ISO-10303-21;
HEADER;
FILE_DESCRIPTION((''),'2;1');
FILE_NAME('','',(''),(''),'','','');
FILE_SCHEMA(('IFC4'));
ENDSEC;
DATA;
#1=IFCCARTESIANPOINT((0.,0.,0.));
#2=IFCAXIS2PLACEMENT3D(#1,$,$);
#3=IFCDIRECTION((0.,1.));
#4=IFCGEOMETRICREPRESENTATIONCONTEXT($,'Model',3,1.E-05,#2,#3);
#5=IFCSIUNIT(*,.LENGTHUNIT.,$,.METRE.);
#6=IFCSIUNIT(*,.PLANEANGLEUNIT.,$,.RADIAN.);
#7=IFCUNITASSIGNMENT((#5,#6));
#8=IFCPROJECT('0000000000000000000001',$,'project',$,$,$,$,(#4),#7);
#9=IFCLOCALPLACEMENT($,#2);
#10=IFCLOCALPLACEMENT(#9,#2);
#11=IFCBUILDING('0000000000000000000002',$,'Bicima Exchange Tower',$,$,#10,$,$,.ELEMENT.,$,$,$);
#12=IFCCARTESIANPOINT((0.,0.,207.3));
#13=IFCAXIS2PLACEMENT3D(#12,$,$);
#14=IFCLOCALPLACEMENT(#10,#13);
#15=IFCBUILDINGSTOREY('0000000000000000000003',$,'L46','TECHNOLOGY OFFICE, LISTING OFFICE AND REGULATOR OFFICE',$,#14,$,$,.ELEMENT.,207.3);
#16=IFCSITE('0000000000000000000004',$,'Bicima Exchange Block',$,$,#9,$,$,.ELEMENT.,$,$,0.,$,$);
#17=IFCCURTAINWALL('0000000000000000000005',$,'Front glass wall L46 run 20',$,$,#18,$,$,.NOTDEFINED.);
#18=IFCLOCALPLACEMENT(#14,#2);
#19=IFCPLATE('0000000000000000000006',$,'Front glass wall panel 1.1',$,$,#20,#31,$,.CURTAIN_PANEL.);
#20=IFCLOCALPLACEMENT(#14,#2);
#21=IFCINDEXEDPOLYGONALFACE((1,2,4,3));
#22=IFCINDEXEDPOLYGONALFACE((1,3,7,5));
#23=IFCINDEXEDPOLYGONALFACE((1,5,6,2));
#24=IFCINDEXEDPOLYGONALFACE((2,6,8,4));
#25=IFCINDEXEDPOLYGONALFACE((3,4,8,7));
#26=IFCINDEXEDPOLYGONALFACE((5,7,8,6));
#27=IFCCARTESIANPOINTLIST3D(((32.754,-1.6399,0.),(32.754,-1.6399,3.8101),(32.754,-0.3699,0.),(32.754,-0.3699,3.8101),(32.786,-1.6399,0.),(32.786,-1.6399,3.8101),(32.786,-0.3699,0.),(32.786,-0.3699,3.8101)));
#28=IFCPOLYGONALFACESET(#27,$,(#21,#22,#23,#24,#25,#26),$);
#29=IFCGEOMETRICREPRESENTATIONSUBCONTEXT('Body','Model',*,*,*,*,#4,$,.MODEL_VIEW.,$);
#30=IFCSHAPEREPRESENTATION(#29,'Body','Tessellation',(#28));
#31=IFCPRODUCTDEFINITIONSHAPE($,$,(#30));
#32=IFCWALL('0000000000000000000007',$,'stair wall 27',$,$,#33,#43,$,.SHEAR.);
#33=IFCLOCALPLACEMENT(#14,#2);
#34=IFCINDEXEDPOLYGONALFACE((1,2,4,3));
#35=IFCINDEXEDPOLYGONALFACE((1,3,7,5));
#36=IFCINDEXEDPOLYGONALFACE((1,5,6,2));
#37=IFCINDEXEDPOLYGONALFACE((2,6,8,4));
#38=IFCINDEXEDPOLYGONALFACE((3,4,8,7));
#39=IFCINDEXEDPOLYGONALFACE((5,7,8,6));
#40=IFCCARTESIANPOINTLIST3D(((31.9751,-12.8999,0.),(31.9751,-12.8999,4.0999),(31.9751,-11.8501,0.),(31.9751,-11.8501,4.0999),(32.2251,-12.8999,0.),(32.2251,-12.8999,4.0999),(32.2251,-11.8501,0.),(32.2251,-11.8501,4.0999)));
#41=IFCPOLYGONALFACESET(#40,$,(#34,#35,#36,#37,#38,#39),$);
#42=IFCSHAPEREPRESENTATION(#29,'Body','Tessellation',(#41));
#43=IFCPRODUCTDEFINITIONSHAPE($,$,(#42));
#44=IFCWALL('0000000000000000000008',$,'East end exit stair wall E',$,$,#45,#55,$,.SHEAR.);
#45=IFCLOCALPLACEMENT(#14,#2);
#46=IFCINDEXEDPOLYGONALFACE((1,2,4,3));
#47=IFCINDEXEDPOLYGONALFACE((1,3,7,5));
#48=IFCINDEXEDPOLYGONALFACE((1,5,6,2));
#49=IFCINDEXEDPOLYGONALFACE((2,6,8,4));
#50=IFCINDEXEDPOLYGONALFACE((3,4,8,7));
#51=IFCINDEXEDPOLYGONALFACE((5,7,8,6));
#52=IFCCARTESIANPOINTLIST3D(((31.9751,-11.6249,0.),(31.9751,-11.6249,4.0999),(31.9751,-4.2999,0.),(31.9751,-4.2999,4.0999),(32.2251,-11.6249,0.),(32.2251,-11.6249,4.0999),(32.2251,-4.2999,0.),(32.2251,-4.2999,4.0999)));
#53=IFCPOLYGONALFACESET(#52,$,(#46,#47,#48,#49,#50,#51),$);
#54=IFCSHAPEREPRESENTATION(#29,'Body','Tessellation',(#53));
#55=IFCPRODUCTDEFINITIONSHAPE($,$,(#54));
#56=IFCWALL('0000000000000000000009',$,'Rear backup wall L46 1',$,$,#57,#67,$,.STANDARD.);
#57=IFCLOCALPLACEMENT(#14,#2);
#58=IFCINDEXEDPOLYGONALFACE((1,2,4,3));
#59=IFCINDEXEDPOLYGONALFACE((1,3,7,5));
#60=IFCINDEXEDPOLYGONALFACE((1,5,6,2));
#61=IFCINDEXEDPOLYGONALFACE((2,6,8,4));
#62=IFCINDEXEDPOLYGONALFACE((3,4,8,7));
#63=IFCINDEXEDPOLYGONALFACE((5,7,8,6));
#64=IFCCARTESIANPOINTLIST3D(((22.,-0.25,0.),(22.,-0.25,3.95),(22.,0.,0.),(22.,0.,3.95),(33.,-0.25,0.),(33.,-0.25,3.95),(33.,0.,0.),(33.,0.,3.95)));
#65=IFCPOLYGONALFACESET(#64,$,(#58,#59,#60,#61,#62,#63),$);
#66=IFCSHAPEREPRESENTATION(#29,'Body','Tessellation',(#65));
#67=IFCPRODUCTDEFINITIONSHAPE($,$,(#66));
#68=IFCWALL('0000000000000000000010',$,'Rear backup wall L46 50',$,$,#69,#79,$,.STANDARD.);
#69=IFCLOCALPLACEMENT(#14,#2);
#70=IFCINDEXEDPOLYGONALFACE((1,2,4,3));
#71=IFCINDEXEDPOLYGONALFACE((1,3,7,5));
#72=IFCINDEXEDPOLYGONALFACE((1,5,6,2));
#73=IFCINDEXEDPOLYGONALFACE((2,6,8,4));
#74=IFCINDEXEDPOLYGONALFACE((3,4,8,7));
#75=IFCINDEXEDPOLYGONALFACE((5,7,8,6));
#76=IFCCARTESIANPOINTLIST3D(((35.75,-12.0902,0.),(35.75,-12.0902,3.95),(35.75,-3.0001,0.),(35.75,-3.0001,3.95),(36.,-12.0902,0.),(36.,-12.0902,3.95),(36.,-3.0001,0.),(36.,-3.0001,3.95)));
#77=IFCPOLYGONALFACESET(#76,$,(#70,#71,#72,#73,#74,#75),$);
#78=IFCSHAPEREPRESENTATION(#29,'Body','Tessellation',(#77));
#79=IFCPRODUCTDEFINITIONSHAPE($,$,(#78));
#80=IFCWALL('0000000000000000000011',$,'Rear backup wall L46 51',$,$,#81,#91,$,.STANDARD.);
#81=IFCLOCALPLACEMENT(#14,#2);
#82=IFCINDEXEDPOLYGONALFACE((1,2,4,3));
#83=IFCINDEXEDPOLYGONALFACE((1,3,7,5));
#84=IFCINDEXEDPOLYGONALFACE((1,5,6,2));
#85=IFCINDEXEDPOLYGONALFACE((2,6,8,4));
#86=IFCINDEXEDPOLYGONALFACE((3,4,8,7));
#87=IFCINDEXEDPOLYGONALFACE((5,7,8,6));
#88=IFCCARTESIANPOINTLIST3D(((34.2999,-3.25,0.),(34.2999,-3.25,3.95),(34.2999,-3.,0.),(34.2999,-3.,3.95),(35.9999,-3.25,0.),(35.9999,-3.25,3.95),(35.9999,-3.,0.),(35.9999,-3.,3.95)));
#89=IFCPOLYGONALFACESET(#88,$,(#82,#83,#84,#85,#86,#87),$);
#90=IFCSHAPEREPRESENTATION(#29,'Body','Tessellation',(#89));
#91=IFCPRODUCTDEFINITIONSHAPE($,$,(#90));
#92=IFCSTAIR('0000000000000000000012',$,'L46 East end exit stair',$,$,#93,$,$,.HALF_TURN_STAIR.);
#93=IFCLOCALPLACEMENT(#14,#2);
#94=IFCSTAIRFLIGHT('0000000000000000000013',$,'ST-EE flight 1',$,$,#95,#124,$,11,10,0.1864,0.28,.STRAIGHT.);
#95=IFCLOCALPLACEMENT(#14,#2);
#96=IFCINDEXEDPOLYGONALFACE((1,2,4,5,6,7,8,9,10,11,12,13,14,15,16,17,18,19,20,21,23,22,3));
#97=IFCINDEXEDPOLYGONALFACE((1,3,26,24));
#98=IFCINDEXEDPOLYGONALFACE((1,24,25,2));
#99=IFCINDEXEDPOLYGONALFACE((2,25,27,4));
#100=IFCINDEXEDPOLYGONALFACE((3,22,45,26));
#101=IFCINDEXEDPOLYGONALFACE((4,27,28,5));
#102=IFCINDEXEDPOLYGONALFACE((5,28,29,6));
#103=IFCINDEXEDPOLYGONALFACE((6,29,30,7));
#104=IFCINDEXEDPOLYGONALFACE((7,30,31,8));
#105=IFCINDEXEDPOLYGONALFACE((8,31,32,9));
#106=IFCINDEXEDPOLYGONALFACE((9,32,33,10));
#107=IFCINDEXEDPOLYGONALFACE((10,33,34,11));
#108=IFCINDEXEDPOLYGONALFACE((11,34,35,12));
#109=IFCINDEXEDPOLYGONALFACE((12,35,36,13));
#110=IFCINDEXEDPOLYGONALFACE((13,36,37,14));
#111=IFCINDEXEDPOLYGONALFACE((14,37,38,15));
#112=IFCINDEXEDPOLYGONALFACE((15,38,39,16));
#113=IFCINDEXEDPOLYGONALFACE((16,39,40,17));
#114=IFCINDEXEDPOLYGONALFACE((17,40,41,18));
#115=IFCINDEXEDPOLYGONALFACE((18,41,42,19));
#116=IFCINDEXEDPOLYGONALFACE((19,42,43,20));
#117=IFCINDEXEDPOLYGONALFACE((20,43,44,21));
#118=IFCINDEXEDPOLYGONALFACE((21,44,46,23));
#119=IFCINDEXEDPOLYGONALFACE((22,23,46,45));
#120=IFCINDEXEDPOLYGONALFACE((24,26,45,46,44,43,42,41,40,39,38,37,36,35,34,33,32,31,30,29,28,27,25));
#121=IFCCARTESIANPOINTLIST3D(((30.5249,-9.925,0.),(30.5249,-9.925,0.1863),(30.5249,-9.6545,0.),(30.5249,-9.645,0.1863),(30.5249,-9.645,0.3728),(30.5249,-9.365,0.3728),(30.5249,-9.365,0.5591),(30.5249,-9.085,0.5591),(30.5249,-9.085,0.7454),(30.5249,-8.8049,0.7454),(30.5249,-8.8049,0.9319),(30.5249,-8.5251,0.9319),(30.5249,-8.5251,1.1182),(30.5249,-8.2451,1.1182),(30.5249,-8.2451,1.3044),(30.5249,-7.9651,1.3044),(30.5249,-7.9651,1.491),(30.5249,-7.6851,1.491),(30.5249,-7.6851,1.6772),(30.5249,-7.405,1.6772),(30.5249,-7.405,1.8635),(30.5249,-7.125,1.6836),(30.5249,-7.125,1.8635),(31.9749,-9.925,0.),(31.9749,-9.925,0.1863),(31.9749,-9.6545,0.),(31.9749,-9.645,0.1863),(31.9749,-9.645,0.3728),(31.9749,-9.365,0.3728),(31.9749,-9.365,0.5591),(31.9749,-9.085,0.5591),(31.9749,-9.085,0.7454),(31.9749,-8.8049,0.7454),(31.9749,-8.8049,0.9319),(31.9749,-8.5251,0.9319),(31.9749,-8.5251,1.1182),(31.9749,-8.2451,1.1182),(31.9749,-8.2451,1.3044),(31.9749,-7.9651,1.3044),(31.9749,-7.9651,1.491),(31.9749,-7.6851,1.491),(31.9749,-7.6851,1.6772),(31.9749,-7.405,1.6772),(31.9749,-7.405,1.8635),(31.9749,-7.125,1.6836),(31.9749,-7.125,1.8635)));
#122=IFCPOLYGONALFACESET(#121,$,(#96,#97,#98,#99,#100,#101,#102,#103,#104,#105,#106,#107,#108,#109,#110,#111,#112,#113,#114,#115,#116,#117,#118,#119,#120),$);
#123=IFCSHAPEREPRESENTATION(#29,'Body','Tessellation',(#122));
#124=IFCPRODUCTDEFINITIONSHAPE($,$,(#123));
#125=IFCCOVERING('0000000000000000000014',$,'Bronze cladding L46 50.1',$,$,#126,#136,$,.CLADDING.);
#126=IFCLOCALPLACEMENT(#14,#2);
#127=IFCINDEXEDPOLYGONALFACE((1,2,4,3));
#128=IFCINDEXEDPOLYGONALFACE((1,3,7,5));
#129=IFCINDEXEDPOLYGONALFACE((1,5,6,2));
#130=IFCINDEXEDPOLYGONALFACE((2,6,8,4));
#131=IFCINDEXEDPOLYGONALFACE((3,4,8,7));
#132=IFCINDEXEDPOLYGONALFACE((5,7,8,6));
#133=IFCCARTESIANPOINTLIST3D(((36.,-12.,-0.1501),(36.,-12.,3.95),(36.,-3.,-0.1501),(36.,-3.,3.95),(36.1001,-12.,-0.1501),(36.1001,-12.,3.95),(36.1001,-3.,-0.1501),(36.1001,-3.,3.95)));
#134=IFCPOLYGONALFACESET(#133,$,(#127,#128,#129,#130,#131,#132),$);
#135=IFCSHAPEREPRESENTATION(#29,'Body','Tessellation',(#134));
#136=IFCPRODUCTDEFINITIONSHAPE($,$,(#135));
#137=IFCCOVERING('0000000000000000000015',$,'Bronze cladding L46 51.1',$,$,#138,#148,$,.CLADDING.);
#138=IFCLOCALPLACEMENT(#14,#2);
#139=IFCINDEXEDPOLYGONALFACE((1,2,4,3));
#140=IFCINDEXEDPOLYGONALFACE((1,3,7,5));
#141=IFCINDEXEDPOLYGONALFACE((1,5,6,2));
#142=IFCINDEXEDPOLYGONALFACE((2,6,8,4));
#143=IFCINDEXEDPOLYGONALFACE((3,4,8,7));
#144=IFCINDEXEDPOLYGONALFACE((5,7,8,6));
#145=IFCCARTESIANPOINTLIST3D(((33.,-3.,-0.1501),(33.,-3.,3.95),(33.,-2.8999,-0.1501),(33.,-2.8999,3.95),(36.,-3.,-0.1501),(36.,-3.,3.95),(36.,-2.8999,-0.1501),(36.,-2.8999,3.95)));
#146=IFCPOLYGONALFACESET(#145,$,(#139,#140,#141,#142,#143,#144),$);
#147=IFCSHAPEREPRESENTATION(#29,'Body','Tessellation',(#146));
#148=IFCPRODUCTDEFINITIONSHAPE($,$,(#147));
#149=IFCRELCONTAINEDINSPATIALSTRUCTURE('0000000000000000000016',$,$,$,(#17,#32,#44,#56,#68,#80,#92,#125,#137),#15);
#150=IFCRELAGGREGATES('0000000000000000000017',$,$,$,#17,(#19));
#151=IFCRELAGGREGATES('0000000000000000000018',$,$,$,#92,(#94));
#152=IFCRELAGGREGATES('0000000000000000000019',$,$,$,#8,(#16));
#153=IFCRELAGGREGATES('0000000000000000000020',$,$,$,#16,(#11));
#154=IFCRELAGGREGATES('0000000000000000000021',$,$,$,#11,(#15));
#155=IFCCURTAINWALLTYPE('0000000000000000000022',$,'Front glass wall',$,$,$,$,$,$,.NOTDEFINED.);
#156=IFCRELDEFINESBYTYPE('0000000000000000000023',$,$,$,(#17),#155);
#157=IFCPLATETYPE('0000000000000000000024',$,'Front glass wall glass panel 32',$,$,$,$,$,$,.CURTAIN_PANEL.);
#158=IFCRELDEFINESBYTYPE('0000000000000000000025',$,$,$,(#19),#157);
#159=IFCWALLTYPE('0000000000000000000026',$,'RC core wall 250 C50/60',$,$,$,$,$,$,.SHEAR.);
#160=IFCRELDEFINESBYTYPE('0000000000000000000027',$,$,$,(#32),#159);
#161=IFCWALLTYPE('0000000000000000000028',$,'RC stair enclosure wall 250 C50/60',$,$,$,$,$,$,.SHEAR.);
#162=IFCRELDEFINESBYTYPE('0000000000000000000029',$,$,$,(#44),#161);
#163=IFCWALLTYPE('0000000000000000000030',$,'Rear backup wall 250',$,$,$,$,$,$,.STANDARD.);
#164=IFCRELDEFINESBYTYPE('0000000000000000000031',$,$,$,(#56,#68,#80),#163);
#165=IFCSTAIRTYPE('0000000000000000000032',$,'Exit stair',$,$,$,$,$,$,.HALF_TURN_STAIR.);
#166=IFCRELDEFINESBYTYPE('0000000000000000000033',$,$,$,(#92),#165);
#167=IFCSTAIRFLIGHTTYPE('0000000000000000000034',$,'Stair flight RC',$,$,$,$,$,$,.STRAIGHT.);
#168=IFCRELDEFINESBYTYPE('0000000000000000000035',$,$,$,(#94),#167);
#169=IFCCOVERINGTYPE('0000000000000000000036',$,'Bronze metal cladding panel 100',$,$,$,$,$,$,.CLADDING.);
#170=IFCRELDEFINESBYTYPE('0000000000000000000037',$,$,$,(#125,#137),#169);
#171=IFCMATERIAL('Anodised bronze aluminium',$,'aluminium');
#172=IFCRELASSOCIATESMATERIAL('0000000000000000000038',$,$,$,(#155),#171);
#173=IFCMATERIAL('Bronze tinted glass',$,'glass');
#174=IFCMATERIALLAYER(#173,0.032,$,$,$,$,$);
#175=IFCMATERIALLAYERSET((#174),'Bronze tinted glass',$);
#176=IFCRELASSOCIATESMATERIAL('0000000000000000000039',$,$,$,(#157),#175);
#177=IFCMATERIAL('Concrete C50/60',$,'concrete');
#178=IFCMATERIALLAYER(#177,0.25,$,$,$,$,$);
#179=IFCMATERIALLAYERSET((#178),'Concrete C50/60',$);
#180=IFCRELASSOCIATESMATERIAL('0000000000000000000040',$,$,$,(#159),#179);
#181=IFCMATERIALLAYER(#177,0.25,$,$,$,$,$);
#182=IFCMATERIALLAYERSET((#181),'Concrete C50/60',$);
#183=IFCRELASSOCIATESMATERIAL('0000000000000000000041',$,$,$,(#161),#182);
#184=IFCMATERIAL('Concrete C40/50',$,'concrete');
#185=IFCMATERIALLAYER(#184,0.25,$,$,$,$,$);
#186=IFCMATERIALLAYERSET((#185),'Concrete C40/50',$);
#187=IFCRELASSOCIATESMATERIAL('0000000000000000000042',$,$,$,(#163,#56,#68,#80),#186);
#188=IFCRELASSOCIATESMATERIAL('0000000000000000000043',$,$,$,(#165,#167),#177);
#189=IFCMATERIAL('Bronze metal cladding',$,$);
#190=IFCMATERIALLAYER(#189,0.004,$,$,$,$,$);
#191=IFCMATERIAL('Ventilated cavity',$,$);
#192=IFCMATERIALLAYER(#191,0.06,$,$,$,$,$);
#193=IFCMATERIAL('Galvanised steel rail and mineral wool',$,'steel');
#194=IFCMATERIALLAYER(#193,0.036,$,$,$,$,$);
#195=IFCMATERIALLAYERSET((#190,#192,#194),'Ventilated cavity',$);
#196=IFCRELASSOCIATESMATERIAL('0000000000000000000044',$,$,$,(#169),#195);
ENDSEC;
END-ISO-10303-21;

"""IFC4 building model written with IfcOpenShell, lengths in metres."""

from ifc_helpers import new_model, si_unit, direction, frame, frame_2d, origin, origin_2d, place, context, subcontext, project, spatial, polyline, rectangle, outline, extrude, material, layer, layer_set, layer_usage, type_object, element, aggregate, save


model = new_model("IFC4")

# Units and contexts
model_context = context("Model", 3, precision=1e-05, world=origin(), true_north=direction((0.0, 1.0)))
body_context = subcontext(model_context, "Body", "Model", "MODEL_VIEW")
ifc_project = project(units=[si_unit("LENGTHUNIT", "METRE"), si_unit("PLANEANGLEUNIT", "RADIAN")], contexts=[model_context])

# Site, building, storey
site_placement = place(None, origin())
site = spatial("IfcSite", under=ifc_project, at=site_placement, Name="Bicima Exchange Block", CompositionType="ELEMENT", RefElevation=0.0)
building_placement = place(site_placement, origin())
building = spatial("IfcBuilding", under=site, at=building_placement, Name="Bicima Exchange Tower", CompositionType="ELEMENT")
storey_placement = place(building_placement, frame((0.0, 0.0, 207.3)))
storey = spatial("IfcBuildingStorey", under=building, at=storey_placement, Name="L46", Description="TECHNOLOGY OFFICE, LISTING OFFICE AND REGULATOR OFFICE", CompositionType="ELEMENT", Elevation=207.3)

# Shared definitions
ifc_material_1 = material(Name="Anodised bronze aluminium", Category="aluminium")

# Curtain wall
curtain_wall_type_1 = type_object("IfcCurtainWallType", Name="Front glass wall", PredefinedType="NOTDEFINED", material=ifc_material_1)
curtain_wall_1_placement = place(storey_placement, origin())
curtain_wall_1 = element("IfcCurtainWall", 1, at=curtain_wall_1_placement, inside=storey, type_object=curtain_wall_type_1, Name="Front glass wall L46 run 20", PredefinedType="NOTDEFINED")

# Plate
ifc_material_2 = material(Name="Bronze tinted glass", Category="glass")
ifc_layer_1 = layer(ifc_material_2, 0.032)
ifc_layer_set_1 = layer_set([ifc_layer_1], Name="Bronze tinted glass")
plate_type = type_object("IfcPlateType", Name="Front glass wall glass panel 32", PredefinedType="CURTAIN_PANEL", material=ifc_layer_set_1)
plate_placement = place(storey_placement, frame((32.77, -1.0049, 0.0), z_axis=(0.0, 0.0, 1.0), x_axis=(0.0, 1.0, 0.0)))
plate = element("IfcPlate", 2, at=plate_placement, type_object=plate_type, Name="Front glass wall panel 1.1", PredefinedType="CURTAIN_PANEL", context=body_context, shape_type="SweptSolid", body=[
    extrude(rectangle(XDim=1.27, YDim=0.032, at=origin_2d()), origin(), (0.0, 0.0, 1.0), 3.8101),
])
aggregate(curtain_wall_1, [plate])

# Walls
ifc_material_3 = material(Name="Concrete C50/60", Category="concrete")
ifc_layer_2 = layer(ifc_material_3, 0.25)
ifc_layer_set_2 = layer_set([ifc_layer_2], Name="Concrete C50/60")
wall_type_1 = type_object("IfcWallType", Name="RC core wall 250 C50/60", PredefinedType="SHEAR", material=ifc_layer_set_2)
wall_1_placement = place(storey_placement, frame((32.1001, -12.8999, 0.0), z_axis=(0.0, 0.0, 1.0), x_axis=(0.0, 1.0, 0.0)))
element("IfcWall", 3, at=wall_1_placement, inside=storey, type_object=wall_type_1, Name="stair wall 27", PredefinedType="SHEAR", context=body_context, shape_type="SweptSolid", body=[
    extrude(rectangle(XDim=1.0498, YDim=0.25, at=frame_2d((0.5249, 0.0))), origin(), (0.0, 0.0, 1.0), 4.0999),
])
ifc_layer_3 = layer(ifc_material_3, 0.25)
ifc_layer_set_3 = layer_set([ifc_layer_3], Name="Concrete C50/60")
wall_type_2 = type_object("IfcWallType", Name="RC stair enclosure wall 250 C50/60", PredefinedType="SHEAR", material=ifc_layer_set_3)
wall_2_placement = place(storey_placement, frame((32.1001, -11.625, 0.0), z_axis=(0.0, 0.0, 1.0), x_axis=(0.0, 1.0, 0.0)))
element("IfcWall", 4, at=wall_2_placement, inside=storey, type_object=wall_type_2, Name="East end exit stair wall E", PredefinedType="SHEAR", context=body_context, shape_type="SweptSolid", body=[
    extrude(rectangle(XDim=7.325, YDim=0.25, at=frame_2d((3.6626, 0.0))), origin(), (0.0, 0.0, 1.0), 4.0999),
])
ifc_material_4 = material(Name="Concrete C40/50", Category="concrete")
ifc_layer_4 = layer(ifc_material_4, 0.25)
ifc_layer_set_4 = layer_set([ifc_layer_4], Name="Concrete C40/50")
ifc_layer_usage = layer_usage(ifc_layer_set_4, "AXIS2", "POSITIVE", -0.125)
wall_type_3 = type_object("IfcWallType", Name="Rear backup wall 250", PredefinedType="STANDARD", material=ifc_layer_set_4)
wall_3_placement = place(storey_placement, frame((33.0, -0.125, 0.0), z_axis=(0.0, 0.0, 1.0), x_axis=(-1.0, 0.0, 0.0)))
element("IfcWall", 5, at=wall_3_placement, inside=storey, type_object=wall_type_3, material=ifc_layer_usage, Name="Rear backup wall L46 1", PredefinedType="STANDARD", context=body_context, shape_type="SweptSolid", body=[
    extrude(rectangle(XDim=11.0, YDim=0.25, at=frame_2d((5.5, 0.0))), origin(), (0.0, 0.0, 1.0), 3.95),
])
wall_4_placement = place(storey_placement, frame((35.875, -12.0901, 0.0), z_axis=(0.0, 0.0, 1.0), x_axis=(0.0, 1.0, 0.0)))
element("IfcWall", 6, at=wall_4_placement, inside=storey, type_object=wall_type_3, material=ifc_layer_usage, Name="Rear backup wall L46 50", PredefinedType="STANDARD", context=body_context, shape_type="SweptSolid", body=[
    extrude(rectangle(XDim=9.0901, YDim=0.25, at=frame_2d((4.5449, 0.0))), origin(), (0.0, 0.0, 1.0), 3.95),
])
wall_5_placement = place(storey_placement, frame((36.0, -3.125, 0.0), z_axis=(0.0, 0.0, 1.0), x_axis=(-1.0, 0.0, 0.0)))
element("IfcWall", 7, at=wall_5_placement, inside=storey, type_object=wall_type_3, material=ifc_layer_usage, Name="Rear backup wall L46 51", PredefinedType="STANDARD", context=body_context, shape_type="SweptSolid", body=[
    extrude(rectangle(XDim=1.7, YDim=0.25, at=frame_2d((0.8501, 0.0))), origin(), (0.0, 0.0, 1.0), 3.95),
])

# Stair, stair flight
stair_type = type_object("IfcStairType", Name="Exit stair", PredefinedType="HALF_TURN_STAIR", material=ifc_material_3)
stair_placement = place(storey_placement, origin())
stair = element("IfcStair", 8, at=stair_placement, inside=storey, type_object=stair_type, Name="L46 East end exit stair", PredefinedType="HALF_TURN_STAIR")
stair_flight_type = type_object("IfcStairFlightType", Name="Stair flight RC", PredefinedType="STRAIGHT", material=ifc_material_3)
stair_flight_placement = place(storey_placement, frame((31.25, -9.925, 0.0), z_axis=(0.0, 0.0, 1.0), x_axis=(0.0, 1.0, 0.0)))
stair_flight = element("IfcStairFlight", 9, at=stair_flight_placement, type_object=stair_flight_type, Name="ST-EE flight 1", NumberOfRisers=11, NumberOfTreads=10, PredefinedType="STRAIGHT", RiserHeight=0.1864, TreadLength=0.28, context=body_context, shape_type="SweptSolid", body=[
    extrude(outline(polyline([(0.0, 0.0), (0.0, 0.1863), (0.28, 0.1863), (0.28, 0.3728), (0.5601, 0.3728), (0.5601, 0.5591), (0.8401, 0.5591), (0.8401, 0.7454), (1.1201, 0.7454), (1.1201, 0.9319), (1.3999, 0.9319), (1.3999, 1.1182), (1.6799, 1.1182), (1.6799, 1.3044), (1.96, 1.3044), (1.96, 1.491), (2.24, 1.491), (2.24, 1.6772), (2.52, 1.6772), (2.52, 1.8635), (2.8, 1.8635), (2.8, 2.05), (2.8, 1.6836), (0.2705, 0.0), (0.0, 0.0)])), frame((0.0, 0.7251, 0.0), z_axis=(0.0, -1.0, 0.0), x_axis=(1.0, 0.0, 0.0)), (0.0, 0.0, 1.0), 1.45),
])
aggregate(stair, [stair_flight])

# Coverings
ifc_material_5 = material(Name="Bronze metal cladding")
ifc_layer_5 = layer(ifc_material_5, 0.004)
ifc_material_6 = material(Name="Ventilated cavity")
ifc_layer_6 = layer(ifc_material_6, 0.06)
ifc_material_7 = material(Name="Galvanised steel rail and mineral wool", Category="steel")
ifc_layer_7 = layer(ifc_material_7, 0.036)
ifc_layer_set_5 = layer_set([ifc_layer_5, ifc_layer_6, ifc_layer_7], Name="Ventilated cavity")
covering_type = type_object("IfcCoveringType", Name="Bronze metal cladding panel 100", PredefinedType="CLADDING", material=ifc_layer_set_5)
covering_1_placement = place(storey_placement, frame((36.05, -7.5, -0.1501), z_axis=(0.0, 0.0, 1.0), x_axis=(0.0, 1.0, 0.0)))
element("IfcCovering", 10, at=covering_1_placement, inside=storey, type_object=covering_type, Name="Bronze cladding L46 50.1", PredefinedType="CLADDING", context=body_context, shape_type="SweptSolid", body=[
    extrude(rectangle(XDim=9.0, YDim=0.1001, at=origin_2d()), origin(), (0.0, 0.0, 1.0), 4.1001),
])
covering_2_placement = place(storey_placement, frame((34.5, -2.95, -0.1501), z_axis=(0.0, 0.0, 1.0), x_axis=(-1.0, 0.0, 0.0)))
element("IfcCovering", 11, at=covering_2_placement, inside=storey, type_object=covering_type, Name="Bronze cladding L46 51.1", PredefinedType="CLADDING", context=body_context, shape_type="SweptSolid", body=[
    extrude(rectangle(XDim=3.0, YDim=0.1001, at=origin_2d()), origin(), (0.0, 0.0, 1.0), 4.1001),
])

save(model, "model.ifc")
